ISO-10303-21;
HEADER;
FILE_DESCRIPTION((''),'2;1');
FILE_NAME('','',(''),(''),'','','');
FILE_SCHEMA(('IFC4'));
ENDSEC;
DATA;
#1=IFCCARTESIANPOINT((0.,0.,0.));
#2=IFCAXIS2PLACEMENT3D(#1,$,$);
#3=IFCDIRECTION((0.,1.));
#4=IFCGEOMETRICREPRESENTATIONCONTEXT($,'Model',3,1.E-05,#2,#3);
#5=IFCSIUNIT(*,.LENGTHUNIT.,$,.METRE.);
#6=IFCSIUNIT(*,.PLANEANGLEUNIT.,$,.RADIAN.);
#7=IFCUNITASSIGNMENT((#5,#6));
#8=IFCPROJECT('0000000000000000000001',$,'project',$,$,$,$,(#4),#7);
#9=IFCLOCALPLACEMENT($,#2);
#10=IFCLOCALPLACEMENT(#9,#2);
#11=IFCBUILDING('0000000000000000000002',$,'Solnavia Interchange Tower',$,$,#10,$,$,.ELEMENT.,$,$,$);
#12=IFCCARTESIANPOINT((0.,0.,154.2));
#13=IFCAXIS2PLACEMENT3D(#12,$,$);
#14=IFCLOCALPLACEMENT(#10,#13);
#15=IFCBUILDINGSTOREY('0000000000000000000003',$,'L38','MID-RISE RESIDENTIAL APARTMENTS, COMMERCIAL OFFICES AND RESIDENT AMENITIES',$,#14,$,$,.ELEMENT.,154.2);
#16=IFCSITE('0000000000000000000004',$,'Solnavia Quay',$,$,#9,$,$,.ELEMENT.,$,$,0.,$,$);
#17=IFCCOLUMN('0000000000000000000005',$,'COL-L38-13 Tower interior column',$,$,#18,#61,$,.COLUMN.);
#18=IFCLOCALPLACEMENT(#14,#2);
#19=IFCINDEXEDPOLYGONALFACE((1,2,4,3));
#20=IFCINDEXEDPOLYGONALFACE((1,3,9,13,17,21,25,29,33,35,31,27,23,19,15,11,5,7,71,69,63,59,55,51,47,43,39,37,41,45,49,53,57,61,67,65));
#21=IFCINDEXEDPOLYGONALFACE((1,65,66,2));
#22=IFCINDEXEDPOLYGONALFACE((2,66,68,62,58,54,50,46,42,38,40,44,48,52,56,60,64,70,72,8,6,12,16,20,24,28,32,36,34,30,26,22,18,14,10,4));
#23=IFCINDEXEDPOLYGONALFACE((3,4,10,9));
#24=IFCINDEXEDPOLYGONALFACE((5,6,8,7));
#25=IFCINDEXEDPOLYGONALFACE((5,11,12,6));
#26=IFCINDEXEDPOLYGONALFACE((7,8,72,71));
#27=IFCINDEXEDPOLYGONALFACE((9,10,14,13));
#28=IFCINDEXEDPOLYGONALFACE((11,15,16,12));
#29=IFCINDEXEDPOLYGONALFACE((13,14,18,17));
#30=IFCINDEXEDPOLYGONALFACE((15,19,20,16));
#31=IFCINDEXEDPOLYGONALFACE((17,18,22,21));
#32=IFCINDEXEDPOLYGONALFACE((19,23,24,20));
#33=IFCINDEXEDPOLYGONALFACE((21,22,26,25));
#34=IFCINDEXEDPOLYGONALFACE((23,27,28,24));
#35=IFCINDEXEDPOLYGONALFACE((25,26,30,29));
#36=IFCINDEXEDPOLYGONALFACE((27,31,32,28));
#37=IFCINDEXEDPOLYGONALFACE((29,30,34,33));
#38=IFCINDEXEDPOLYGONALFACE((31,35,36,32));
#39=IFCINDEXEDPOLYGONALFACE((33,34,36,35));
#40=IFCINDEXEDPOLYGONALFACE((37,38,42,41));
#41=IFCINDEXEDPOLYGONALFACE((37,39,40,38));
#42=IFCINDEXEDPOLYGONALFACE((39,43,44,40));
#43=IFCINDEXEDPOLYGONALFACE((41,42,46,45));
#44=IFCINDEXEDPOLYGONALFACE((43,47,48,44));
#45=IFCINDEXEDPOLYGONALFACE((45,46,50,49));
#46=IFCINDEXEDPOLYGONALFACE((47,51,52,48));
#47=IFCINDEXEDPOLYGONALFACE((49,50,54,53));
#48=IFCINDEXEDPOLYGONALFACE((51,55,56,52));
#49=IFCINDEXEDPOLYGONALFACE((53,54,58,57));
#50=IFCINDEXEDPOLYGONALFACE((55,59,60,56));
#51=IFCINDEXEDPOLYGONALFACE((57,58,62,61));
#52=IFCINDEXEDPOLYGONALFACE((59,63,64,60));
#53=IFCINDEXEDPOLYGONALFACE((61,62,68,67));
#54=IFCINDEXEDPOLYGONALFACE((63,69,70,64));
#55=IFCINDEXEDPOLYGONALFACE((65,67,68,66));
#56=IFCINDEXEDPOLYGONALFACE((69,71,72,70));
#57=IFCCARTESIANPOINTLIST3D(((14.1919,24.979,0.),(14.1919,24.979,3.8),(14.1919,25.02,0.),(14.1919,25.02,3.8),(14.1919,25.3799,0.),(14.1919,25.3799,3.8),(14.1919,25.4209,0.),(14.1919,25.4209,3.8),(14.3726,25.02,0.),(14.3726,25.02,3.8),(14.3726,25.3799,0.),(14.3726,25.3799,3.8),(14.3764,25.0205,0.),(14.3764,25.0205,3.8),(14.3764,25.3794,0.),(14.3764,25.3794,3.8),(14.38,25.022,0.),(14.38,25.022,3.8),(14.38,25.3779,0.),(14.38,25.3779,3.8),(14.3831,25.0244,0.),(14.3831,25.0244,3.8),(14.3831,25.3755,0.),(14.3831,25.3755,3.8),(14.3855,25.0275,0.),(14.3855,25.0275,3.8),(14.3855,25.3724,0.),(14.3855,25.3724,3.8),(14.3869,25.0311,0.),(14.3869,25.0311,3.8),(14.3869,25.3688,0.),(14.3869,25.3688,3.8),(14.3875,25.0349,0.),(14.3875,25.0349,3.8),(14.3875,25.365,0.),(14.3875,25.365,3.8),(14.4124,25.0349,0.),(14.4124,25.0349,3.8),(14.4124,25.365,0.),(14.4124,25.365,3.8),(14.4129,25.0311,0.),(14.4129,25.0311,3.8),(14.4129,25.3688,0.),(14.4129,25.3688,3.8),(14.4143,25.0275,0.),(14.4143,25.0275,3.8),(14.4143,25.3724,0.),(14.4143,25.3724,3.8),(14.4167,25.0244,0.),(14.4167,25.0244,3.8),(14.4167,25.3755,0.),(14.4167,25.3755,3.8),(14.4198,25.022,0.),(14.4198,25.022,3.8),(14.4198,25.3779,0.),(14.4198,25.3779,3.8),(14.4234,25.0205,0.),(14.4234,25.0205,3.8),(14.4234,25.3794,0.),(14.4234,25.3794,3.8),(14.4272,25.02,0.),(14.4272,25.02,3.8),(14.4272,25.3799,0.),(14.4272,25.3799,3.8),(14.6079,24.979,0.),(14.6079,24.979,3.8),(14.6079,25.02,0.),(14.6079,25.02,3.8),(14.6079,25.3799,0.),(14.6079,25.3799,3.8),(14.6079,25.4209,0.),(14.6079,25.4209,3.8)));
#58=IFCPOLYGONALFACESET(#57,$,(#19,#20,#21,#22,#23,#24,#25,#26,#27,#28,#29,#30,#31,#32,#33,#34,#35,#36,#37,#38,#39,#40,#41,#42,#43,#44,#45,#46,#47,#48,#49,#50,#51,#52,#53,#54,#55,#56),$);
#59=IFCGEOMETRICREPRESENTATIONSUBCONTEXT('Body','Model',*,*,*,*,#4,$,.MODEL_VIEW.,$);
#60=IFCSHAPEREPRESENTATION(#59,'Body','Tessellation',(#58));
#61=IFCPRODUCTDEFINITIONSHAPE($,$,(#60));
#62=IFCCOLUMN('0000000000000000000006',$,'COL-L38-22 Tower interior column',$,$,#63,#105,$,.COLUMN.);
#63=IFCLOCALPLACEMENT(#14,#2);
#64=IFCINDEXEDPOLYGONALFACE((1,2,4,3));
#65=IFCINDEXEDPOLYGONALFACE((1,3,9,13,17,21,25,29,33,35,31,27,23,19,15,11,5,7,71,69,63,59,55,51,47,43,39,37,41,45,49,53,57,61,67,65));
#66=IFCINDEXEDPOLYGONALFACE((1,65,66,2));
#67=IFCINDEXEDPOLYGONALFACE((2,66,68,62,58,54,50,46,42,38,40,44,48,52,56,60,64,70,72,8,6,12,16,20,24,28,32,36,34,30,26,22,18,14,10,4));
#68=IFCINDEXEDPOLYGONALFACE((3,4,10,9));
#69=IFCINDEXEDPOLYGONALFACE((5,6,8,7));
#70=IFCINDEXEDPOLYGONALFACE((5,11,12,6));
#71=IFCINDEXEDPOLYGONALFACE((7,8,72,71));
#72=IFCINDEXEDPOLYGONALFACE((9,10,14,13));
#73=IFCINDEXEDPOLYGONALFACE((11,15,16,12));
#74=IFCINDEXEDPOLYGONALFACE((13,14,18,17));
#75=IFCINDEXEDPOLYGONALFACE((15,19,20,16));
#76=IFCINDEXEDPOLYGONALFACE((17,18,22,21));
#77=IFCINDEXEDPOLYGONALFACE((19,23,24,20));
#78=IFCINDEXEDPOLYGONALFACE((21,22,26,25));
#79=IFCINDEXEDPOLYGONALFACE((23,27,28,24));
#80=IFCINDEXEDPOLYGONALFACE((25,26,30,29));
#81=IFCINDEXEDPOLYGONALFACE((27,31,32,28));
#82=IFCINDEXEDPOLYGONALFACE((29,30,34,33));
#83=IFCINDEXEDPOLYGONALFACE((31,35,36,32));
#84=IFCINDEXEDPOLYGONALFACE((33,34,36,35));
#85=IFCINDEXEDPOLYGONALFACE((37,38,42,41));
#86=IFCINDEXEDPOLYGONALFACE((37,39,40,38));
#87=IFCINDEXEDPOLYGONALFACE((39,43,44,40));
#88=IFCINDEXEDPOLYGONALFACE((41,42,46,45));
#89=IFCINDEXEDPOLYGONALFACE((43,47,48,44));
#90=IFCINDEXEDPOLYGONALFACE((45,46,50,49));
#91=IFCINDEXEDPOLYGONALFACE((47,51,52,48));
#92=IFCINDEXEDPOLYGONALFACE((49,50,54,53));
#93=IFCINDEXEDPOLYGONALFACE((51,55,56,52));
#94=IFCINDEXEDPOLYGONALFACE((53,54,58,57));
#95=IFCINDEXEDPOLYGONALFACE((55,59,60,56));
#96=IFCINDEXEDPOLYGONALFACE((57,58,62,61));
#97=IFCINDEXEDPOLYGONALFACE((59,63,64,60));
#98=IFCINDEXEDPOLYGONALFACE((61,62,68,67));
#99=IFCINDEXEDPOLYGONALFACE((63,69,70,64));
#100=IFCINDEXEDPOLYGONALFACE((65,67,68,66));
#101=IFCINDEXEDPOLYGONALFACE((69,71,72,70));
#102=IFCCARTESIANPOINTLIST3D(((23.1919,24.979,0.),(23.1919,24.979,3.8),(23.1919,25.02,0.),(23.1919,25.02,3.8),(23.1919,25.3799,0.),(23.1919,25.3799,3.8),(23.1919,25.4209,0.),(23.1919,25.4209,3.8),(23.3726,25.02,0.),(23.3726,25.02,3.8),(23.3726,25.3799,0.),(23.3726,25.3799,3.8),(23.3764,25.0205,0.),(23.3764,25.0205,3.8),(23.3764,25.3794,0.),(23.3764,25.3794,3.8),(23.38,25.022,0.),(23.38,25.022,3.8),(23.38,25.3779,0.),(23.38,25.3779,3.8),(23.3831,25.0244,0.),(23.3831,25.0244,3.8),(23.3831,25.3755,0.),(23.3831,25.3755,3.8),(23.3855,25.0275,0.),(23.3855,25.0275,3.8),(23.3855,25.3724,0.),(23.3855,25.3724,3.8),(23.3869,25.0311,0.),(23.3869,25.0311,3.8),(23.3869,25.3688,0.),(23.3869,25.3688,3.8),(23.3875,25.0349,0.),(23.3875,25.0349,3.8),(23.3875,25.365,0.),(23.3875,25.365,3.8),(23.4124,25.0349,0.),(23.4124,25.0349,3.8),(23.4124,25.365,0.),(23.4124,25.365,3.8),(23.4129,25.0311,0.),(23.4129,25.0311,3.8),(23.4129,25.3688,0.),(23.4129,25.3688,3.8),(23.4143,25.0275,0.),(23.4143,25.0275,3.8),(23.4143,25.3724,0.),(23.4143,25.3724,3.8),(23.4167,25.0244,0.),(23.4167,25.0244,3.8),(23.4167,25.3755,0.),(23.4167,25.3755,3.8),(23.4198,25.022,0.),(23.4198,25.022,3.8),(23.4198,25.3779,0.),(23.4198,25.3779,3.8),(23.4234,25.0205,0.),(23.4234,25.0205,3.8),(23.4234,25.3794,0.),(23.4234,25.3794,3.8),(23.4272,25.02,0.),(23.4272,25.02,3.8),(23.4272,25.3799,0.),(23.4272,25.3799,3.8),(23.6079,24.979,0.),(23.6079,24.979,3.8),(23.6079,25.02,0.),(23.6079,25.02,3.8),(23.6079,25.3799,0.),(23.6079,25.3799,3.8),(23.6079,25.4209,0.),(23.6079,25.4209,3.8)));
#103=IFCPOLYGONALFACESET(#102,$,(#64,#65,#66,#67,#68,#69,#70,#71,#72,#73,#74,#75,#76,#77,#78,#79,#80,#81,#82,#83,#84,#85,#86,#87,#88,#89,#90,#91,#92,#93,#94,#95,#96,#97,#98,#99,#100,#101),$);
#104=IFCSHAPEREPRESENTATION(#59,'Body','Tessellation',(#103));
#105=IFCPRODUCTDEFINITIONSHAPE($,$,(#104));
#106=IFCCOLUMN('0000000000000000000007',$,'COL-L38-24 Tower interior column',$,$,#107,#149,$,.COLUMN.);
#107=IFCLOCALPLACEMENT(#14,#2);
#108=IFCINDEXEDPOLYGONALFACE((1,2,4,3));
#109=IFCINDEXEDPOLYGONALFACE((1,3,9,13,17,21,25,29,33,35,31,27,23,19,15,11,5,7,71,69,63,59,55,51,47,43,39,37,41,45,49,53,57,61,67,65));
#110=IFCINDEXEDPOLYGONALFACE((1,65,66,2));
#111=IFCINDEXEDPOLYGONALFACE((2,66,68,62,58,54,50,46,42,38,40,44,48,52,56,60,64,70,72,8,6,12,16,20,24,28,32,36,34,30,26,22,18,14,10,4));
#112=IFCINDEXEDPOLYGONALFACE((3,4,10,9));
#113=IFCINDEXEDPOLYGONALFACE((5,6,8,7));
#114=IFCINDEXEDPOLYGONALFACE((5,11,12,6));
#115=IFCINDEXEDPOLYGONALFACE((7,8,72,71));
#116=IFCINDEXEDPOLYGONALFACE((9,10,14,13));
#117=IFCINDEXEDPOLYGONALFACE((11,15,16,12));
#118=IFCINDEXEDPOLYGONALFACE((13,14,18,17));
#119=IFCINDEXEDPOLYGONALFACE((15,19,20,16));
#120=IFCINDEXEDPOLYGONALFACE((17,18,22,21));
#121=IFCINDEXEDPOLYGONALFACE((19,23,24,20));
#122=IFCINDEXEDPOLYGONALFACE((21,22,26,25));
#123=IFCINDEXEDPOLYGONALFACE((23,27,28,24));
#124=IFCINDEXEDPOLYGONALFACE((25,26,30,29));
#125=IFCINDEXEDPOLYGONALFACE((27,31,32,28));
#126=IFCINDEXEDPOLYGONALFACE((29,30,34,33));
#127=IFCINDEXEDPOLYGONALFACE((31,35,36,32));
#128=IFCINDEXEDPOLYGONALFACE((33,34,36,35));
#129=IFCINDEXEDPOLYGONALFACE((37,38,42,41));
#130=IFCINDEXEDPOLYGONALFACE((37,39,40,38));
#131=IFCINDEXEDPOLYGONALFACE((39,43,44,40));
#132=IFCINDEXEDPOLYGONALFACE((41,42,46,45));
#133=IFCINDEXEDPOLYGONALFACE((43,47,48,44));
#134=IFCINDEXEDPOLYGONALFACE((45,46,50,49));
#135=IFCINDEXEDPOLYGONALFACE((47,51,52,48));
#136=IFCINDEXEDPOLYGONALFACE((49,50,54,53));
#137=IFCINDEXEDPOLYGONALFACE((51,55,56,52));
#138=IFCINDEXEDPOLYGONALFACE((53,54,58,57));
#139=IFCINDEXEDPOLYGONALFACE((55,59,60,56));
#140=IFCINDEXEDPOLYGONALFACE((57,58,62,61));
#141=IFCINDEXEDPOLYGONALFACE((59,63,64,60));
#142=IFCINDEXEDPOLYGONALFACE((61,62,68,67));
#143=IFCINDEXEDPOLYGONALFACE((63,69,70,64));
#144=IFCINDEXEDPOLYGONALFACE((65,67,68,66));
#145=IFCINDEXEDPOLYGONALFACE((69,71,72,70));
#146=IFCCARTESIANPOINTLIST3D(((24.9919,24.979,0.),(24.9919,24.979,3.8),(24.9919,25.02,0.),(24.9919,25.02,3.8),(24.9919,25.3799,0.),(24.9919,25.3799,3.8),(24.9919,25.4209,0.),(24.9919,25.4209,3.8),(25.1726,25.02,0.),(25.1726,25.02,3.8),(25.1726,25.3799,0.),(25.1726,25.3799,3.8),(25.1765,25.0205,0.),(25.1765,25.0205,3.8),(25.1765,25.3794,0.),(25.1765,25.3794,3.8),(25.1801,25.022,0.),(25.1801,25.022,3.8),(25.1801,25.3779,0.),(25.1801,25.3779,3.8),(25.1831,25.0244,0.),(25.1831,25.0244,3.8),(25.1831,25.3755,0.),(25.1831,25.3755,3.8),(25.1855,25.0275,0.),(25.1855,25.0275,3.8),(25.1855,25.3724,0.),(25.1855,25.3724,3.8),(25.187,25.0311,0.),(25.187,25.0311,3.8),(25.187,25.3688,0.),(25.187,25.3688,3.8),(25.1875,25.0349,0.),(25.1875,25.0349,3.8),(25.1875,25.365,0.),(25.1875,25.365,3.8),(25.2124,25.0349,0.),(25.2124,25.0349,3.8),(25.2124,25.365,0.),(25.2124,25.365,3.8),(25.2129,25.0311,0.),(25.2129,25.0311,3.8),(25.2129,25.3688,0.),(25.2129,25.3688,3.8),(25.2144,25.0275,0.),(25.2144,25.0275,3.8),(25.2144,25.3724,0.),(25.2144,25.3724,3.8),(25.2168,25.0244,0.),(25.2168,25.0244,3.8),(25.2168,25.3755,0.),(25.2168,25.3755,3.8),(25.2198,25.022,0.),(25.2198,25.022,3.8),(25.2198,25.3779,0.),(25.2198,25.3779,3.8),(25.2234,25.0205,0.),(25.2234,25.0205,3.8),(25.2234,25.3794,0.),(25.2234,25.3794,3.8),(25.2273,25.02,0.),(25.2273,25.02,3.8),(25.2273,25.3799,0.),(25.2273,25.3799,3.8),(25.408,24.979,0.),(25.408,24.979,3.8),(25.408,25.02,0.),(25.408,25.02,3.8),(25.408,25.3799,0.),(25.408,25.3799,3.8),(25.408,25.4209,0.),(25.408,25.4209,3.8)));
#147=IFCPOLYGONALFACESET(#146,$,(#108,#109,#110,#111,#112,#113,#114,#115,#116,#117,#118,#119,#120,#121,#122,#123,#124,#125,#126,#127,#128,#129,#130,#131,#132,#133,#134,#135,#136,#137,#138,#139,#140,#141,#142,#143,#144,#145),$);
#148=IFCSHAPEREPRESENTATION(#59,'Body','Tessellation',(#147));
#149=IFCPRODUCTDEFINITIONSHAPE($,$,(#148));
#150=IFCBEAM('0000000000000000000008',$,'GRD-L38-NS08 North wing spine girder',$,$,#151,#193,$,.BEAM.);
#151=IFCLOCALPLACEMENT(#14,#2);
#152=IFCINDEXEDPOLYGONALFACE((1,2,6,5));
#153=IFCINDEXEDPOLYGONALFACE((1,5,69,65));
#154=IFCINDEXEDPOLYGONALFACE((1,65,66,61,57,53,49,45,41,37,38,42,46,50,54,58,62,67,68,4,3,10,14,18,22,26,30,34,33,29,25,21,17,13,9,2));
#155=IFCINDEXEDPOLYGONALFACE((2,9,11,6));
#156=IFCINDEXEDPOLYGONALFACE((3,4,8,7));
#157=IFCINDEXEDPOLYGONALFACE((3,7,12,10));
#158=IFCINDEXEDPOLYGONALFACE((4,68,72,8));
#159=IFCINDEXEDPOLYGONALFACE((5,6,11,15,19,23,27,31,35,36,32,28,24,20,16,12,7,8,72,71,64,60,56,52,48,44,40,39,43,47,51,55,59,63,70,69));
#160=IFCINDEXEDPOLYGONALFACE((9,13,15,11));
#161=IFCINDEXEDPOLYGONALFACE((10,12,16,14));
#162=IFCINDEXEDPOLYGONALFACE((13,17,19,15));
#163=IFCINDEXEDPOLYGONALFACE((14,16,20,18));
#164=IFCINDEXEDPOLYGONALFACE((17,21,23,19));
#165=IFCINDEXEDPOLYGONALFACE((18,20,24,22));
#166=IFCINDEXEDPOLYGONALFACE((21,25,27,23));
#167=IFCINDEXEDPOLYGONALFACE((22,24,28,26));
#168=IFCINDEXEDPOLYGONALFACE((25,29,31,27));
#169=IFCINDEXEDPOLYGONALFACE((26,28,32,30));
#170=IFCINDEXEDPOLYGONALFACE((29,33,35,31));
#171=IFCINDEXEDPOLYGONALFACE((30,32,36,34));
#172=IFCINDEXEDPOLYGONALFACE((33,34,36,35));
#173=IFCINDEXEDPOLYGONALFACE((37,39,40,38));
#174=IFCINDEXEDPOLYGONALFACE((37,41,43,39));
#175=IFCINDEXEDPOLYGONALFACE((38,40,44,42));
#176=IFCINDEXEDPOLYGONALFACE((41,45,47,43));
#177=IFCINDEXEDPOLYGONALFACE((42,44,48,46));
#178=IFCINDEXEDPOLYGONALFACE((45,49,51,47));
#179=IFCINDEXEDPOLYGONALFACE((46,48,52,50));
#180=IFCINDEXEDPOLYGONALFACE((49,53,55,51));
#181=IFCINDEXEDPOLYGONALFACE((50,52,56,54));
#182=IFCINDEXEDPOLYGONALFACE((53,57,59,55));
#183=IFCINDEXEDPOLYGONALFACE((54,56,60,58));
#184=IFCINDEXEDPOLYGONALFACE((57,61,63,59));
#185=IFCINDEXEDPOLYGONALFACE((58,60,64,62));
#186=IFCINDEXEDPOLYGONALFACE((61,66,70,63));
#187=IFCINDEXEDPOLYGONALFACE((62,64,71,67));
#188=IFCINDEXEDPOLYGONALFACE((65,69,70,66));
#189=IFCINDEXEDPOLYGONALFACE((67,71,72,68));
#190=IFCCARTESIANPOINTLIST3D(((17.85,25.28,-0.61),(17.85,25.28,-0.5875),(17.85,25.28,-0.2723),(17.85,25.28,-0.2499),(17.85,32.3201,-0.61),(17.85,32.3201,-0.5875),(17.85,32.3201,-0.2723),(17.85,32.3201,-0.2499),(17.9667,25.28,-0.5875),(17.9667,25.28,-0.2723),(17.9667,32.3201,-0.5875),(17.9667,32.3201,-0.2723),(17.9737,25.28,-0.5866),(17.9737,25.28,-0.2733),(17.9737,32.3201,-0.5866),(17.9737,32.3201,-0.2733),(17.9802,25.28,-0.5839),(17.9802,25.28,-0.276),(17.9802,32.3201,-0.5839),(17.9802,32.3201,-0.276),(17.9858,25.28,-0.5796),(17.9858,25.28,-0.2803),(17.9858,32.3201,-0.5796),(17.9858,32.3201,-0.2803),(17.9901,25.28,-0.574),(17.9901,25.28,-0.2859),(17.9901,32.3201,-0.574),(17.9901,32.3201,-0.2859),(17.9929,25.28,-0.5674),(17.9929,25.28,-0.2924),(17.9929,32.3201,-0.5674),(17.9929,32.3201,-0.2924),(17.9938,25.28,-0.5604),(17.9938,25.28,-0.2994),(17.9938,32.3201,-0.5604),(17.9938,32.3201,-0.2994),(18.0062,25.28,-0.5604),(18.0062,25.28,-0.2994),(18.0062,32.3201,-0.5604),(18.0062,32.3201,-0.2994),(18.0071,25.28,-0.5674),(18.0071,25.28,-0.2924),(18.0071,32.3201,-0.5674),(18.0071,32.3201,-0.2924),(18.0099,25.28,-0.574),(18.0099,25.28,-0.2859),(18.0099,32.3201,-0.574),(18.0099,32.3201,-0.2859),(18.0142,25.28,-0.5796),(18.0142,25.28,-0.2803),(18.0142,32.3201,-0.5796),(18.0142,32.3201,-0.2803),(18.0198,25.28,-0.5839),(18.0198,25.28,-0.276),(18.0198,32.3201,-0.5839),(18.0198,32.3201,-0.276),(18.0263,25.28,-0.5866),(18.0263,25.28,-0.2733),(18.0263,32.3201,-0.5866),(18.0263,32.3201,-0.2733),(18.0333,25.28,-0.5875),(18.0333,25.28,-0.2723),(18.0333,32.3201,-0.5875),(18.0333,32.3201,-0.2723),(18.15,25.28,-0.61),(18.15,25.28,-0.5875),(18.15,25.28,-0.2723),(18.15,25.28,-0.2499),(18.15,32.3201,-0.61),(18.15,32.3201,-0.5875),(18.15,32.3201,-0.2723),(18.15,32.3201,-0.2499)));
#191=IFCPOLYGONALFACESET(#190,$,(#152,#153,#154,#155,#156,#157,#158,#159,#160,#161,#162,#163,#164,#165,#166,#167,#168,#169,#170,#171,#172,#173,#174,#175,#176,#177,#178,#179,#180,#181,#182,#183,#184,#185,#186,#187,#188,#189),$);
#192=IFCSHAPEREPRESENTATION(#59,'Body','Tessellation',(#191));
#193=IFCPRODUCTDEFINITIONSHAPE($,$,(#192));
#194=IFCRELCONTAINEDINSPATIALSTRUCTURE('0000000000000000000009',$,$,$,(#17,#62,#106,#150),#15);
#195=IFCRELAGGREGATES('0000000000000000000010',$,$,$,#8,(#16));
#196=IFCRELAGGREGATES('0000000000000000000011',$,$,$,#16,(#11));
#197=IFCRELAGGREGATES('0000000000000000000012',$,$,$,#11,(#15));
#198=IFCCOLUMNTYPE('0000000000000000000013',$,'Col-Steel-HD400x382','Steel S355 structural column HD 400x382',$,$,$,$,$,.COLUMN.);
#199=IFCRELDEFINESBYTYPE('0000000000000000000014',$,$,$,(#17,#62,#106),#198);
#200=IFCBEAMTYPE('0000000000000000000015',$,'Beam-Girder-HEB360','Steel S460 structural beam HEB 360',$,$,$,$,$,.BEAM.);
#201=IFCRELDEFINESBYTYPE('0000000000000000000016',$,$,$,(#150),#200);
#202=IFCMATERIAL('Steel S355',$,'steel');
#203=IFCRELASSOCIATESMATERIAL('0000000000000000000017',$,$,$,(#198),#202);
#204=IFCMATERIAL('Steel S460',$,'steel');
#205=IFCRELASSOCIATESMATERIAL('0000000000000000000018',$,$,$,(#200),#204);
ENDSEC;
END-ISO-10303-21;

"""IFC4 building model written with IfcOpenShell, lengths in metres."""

from ifc_helpers import new_model, si_unit, direction, frame, origin, origin_2d, place, context, subcontext, project, spatial, i_section, extrude, material, material_profile, profile_set, type_object, element, save


model = new_model("IFC4")

# Units and contexts
model_context = context("Model", 3, precision=1e-05, world=origin(), true_north=direction((0.0, 1.0)))
body_context = subcontext(model_context, "Body", "Model", "MODEL_VIEW")
ifc_project = project(units=[si_unit("LENGTHUNIT", "METRE"), si_unit("PLANEANGLEUNIT", "RADIAN")], contexts=[model_context])

# Site, building, storey
site_placement = place(None, origin())
site = spatial("IfcSite", under=ifc_project, at=site_placement, Name="Solnavia Quay", CompositionType="ELEMENT", RefElevation=0.0)
building_placement = place(site_placement, origin())
building = spatial("IfcBuilding", under=site, at=building_placement, Name="Solnavia Interchange Tower", CompositionType="ELEMENT")
storey_placement = place(building_placement, frame((0.0, 0.0, 154.2)))
storey = spatial("IfcBuildingStorey", under=building, at=storey_placement, Name="L38", Description="MID-RISE RESIDENTIAL APARTMENTS, COMMERCIAL OFFICES AND RESIDENT AMENITIES", CompositionType="ELEMENT", Elevation=154.2)

# Columns
ifc_material_1 = material(Name="Steel S355", Category="steel")
ifc_material_profile_1 = material_profile(ifc_material_1, i_section(OverallWidth=0.416, OverallDepth=0.4419, WebThickness=0.0249, FlangeThickness=0.041, FilletRadius=0.0149, at=origin_2d()), Name="HD 400x382")
ifc_profile_set_1 = profile_set([ifc_material_profile_1], Name="Steel S355")
column_type = type_object("IfcColumnType", Name="Col-Steel-HD400x382", Description="Steel S355 structural column HD 400x382", PredefinedType="COLUMN", material=ifc_profile_set_1)
for number, where, z_axis, x_axis, name in (
    (1, (14.3999, 25.2, 0.0), (0.0, 0.0, 1.0), (1.0, 0.0, 0.0), "COL-L38-13 Tower interior column"),
    (2, (23.3999, 25.2, 0.0), (0.0, 0.0, 1.0), (1.0, 0.0, 0.0), "COL-L38-22 Tower interior column"),
    (3, (25.2, 25.2, 0.0), (0.0, 0.0, 1.0), (1.0, 0.0, 0.0), "COL-L38-24 Tower interior column"),
):
    element("IfcColumn", number, at=place(storey_placement, frame(where, z_axis=z_axis, x_axis=x_axis)), inside=storey, type_object=column_type, Name=name, PredefinedType="COLUMN", context=body_context, shape_type="SweptSolid", body=[
        extrude(i_section(OverallWidth=0.416, OverallDepth=0.4419, WebThickness=0.0249, FlangeThickness=0.041, FilletRadius=0.0149, at=origin_2d()), origin(), (0.0, 0.0, 1.0), 3.8),
    ])

# Beam
ifc_material_2 = material(Name="Steel S460", Category="steel")
ifc_material_profile_2 = material_profile(ifc_material_2, i_section(OverallWidth=0.3, OverallDepth=0.3601, WebThickness=0.0125, FlangeThickness=0.0225, FilletRadius=0.0271, at=origin_2d()), Name="HEB 360")
ifc_profile_set_2 = profile_set([ifc_material_profile_2], Name="Steel S460")
beam_type_1 = type_object("IfcBeamType", Name="Beam-Girder-HEB360", Description="Steel S460 structural beam HEB 360", PredefinedType="BEAM", material=ifc_profile_set_2)
beam_1_placement = place(storey_placement, frame((18.0, 25.28, -0.4299), z_axis=(0.0, 1.0, 0.0), x_axis=(-1.0, 0.0, 0.0)))
element("IfcBeam", 4, at=beam_1_placement, inside=storey, type_object=beam_type_1, Name="GRD-L38-NS08 North wing spine girder", PredefinedType="BEAM", context=body_context, shape_type="SweptSolid", body=[
    extrude(i_section(OverallWidth=0.3, OverallDepth=0.3601, WebThickness=0.0125, FlangeThickness=0.0225, FilletRadius=0.0271, at=origin_2d()), origin(), (0.0, 0.0, 1.0), 7.04),
])

save(model, "model.ifc")
